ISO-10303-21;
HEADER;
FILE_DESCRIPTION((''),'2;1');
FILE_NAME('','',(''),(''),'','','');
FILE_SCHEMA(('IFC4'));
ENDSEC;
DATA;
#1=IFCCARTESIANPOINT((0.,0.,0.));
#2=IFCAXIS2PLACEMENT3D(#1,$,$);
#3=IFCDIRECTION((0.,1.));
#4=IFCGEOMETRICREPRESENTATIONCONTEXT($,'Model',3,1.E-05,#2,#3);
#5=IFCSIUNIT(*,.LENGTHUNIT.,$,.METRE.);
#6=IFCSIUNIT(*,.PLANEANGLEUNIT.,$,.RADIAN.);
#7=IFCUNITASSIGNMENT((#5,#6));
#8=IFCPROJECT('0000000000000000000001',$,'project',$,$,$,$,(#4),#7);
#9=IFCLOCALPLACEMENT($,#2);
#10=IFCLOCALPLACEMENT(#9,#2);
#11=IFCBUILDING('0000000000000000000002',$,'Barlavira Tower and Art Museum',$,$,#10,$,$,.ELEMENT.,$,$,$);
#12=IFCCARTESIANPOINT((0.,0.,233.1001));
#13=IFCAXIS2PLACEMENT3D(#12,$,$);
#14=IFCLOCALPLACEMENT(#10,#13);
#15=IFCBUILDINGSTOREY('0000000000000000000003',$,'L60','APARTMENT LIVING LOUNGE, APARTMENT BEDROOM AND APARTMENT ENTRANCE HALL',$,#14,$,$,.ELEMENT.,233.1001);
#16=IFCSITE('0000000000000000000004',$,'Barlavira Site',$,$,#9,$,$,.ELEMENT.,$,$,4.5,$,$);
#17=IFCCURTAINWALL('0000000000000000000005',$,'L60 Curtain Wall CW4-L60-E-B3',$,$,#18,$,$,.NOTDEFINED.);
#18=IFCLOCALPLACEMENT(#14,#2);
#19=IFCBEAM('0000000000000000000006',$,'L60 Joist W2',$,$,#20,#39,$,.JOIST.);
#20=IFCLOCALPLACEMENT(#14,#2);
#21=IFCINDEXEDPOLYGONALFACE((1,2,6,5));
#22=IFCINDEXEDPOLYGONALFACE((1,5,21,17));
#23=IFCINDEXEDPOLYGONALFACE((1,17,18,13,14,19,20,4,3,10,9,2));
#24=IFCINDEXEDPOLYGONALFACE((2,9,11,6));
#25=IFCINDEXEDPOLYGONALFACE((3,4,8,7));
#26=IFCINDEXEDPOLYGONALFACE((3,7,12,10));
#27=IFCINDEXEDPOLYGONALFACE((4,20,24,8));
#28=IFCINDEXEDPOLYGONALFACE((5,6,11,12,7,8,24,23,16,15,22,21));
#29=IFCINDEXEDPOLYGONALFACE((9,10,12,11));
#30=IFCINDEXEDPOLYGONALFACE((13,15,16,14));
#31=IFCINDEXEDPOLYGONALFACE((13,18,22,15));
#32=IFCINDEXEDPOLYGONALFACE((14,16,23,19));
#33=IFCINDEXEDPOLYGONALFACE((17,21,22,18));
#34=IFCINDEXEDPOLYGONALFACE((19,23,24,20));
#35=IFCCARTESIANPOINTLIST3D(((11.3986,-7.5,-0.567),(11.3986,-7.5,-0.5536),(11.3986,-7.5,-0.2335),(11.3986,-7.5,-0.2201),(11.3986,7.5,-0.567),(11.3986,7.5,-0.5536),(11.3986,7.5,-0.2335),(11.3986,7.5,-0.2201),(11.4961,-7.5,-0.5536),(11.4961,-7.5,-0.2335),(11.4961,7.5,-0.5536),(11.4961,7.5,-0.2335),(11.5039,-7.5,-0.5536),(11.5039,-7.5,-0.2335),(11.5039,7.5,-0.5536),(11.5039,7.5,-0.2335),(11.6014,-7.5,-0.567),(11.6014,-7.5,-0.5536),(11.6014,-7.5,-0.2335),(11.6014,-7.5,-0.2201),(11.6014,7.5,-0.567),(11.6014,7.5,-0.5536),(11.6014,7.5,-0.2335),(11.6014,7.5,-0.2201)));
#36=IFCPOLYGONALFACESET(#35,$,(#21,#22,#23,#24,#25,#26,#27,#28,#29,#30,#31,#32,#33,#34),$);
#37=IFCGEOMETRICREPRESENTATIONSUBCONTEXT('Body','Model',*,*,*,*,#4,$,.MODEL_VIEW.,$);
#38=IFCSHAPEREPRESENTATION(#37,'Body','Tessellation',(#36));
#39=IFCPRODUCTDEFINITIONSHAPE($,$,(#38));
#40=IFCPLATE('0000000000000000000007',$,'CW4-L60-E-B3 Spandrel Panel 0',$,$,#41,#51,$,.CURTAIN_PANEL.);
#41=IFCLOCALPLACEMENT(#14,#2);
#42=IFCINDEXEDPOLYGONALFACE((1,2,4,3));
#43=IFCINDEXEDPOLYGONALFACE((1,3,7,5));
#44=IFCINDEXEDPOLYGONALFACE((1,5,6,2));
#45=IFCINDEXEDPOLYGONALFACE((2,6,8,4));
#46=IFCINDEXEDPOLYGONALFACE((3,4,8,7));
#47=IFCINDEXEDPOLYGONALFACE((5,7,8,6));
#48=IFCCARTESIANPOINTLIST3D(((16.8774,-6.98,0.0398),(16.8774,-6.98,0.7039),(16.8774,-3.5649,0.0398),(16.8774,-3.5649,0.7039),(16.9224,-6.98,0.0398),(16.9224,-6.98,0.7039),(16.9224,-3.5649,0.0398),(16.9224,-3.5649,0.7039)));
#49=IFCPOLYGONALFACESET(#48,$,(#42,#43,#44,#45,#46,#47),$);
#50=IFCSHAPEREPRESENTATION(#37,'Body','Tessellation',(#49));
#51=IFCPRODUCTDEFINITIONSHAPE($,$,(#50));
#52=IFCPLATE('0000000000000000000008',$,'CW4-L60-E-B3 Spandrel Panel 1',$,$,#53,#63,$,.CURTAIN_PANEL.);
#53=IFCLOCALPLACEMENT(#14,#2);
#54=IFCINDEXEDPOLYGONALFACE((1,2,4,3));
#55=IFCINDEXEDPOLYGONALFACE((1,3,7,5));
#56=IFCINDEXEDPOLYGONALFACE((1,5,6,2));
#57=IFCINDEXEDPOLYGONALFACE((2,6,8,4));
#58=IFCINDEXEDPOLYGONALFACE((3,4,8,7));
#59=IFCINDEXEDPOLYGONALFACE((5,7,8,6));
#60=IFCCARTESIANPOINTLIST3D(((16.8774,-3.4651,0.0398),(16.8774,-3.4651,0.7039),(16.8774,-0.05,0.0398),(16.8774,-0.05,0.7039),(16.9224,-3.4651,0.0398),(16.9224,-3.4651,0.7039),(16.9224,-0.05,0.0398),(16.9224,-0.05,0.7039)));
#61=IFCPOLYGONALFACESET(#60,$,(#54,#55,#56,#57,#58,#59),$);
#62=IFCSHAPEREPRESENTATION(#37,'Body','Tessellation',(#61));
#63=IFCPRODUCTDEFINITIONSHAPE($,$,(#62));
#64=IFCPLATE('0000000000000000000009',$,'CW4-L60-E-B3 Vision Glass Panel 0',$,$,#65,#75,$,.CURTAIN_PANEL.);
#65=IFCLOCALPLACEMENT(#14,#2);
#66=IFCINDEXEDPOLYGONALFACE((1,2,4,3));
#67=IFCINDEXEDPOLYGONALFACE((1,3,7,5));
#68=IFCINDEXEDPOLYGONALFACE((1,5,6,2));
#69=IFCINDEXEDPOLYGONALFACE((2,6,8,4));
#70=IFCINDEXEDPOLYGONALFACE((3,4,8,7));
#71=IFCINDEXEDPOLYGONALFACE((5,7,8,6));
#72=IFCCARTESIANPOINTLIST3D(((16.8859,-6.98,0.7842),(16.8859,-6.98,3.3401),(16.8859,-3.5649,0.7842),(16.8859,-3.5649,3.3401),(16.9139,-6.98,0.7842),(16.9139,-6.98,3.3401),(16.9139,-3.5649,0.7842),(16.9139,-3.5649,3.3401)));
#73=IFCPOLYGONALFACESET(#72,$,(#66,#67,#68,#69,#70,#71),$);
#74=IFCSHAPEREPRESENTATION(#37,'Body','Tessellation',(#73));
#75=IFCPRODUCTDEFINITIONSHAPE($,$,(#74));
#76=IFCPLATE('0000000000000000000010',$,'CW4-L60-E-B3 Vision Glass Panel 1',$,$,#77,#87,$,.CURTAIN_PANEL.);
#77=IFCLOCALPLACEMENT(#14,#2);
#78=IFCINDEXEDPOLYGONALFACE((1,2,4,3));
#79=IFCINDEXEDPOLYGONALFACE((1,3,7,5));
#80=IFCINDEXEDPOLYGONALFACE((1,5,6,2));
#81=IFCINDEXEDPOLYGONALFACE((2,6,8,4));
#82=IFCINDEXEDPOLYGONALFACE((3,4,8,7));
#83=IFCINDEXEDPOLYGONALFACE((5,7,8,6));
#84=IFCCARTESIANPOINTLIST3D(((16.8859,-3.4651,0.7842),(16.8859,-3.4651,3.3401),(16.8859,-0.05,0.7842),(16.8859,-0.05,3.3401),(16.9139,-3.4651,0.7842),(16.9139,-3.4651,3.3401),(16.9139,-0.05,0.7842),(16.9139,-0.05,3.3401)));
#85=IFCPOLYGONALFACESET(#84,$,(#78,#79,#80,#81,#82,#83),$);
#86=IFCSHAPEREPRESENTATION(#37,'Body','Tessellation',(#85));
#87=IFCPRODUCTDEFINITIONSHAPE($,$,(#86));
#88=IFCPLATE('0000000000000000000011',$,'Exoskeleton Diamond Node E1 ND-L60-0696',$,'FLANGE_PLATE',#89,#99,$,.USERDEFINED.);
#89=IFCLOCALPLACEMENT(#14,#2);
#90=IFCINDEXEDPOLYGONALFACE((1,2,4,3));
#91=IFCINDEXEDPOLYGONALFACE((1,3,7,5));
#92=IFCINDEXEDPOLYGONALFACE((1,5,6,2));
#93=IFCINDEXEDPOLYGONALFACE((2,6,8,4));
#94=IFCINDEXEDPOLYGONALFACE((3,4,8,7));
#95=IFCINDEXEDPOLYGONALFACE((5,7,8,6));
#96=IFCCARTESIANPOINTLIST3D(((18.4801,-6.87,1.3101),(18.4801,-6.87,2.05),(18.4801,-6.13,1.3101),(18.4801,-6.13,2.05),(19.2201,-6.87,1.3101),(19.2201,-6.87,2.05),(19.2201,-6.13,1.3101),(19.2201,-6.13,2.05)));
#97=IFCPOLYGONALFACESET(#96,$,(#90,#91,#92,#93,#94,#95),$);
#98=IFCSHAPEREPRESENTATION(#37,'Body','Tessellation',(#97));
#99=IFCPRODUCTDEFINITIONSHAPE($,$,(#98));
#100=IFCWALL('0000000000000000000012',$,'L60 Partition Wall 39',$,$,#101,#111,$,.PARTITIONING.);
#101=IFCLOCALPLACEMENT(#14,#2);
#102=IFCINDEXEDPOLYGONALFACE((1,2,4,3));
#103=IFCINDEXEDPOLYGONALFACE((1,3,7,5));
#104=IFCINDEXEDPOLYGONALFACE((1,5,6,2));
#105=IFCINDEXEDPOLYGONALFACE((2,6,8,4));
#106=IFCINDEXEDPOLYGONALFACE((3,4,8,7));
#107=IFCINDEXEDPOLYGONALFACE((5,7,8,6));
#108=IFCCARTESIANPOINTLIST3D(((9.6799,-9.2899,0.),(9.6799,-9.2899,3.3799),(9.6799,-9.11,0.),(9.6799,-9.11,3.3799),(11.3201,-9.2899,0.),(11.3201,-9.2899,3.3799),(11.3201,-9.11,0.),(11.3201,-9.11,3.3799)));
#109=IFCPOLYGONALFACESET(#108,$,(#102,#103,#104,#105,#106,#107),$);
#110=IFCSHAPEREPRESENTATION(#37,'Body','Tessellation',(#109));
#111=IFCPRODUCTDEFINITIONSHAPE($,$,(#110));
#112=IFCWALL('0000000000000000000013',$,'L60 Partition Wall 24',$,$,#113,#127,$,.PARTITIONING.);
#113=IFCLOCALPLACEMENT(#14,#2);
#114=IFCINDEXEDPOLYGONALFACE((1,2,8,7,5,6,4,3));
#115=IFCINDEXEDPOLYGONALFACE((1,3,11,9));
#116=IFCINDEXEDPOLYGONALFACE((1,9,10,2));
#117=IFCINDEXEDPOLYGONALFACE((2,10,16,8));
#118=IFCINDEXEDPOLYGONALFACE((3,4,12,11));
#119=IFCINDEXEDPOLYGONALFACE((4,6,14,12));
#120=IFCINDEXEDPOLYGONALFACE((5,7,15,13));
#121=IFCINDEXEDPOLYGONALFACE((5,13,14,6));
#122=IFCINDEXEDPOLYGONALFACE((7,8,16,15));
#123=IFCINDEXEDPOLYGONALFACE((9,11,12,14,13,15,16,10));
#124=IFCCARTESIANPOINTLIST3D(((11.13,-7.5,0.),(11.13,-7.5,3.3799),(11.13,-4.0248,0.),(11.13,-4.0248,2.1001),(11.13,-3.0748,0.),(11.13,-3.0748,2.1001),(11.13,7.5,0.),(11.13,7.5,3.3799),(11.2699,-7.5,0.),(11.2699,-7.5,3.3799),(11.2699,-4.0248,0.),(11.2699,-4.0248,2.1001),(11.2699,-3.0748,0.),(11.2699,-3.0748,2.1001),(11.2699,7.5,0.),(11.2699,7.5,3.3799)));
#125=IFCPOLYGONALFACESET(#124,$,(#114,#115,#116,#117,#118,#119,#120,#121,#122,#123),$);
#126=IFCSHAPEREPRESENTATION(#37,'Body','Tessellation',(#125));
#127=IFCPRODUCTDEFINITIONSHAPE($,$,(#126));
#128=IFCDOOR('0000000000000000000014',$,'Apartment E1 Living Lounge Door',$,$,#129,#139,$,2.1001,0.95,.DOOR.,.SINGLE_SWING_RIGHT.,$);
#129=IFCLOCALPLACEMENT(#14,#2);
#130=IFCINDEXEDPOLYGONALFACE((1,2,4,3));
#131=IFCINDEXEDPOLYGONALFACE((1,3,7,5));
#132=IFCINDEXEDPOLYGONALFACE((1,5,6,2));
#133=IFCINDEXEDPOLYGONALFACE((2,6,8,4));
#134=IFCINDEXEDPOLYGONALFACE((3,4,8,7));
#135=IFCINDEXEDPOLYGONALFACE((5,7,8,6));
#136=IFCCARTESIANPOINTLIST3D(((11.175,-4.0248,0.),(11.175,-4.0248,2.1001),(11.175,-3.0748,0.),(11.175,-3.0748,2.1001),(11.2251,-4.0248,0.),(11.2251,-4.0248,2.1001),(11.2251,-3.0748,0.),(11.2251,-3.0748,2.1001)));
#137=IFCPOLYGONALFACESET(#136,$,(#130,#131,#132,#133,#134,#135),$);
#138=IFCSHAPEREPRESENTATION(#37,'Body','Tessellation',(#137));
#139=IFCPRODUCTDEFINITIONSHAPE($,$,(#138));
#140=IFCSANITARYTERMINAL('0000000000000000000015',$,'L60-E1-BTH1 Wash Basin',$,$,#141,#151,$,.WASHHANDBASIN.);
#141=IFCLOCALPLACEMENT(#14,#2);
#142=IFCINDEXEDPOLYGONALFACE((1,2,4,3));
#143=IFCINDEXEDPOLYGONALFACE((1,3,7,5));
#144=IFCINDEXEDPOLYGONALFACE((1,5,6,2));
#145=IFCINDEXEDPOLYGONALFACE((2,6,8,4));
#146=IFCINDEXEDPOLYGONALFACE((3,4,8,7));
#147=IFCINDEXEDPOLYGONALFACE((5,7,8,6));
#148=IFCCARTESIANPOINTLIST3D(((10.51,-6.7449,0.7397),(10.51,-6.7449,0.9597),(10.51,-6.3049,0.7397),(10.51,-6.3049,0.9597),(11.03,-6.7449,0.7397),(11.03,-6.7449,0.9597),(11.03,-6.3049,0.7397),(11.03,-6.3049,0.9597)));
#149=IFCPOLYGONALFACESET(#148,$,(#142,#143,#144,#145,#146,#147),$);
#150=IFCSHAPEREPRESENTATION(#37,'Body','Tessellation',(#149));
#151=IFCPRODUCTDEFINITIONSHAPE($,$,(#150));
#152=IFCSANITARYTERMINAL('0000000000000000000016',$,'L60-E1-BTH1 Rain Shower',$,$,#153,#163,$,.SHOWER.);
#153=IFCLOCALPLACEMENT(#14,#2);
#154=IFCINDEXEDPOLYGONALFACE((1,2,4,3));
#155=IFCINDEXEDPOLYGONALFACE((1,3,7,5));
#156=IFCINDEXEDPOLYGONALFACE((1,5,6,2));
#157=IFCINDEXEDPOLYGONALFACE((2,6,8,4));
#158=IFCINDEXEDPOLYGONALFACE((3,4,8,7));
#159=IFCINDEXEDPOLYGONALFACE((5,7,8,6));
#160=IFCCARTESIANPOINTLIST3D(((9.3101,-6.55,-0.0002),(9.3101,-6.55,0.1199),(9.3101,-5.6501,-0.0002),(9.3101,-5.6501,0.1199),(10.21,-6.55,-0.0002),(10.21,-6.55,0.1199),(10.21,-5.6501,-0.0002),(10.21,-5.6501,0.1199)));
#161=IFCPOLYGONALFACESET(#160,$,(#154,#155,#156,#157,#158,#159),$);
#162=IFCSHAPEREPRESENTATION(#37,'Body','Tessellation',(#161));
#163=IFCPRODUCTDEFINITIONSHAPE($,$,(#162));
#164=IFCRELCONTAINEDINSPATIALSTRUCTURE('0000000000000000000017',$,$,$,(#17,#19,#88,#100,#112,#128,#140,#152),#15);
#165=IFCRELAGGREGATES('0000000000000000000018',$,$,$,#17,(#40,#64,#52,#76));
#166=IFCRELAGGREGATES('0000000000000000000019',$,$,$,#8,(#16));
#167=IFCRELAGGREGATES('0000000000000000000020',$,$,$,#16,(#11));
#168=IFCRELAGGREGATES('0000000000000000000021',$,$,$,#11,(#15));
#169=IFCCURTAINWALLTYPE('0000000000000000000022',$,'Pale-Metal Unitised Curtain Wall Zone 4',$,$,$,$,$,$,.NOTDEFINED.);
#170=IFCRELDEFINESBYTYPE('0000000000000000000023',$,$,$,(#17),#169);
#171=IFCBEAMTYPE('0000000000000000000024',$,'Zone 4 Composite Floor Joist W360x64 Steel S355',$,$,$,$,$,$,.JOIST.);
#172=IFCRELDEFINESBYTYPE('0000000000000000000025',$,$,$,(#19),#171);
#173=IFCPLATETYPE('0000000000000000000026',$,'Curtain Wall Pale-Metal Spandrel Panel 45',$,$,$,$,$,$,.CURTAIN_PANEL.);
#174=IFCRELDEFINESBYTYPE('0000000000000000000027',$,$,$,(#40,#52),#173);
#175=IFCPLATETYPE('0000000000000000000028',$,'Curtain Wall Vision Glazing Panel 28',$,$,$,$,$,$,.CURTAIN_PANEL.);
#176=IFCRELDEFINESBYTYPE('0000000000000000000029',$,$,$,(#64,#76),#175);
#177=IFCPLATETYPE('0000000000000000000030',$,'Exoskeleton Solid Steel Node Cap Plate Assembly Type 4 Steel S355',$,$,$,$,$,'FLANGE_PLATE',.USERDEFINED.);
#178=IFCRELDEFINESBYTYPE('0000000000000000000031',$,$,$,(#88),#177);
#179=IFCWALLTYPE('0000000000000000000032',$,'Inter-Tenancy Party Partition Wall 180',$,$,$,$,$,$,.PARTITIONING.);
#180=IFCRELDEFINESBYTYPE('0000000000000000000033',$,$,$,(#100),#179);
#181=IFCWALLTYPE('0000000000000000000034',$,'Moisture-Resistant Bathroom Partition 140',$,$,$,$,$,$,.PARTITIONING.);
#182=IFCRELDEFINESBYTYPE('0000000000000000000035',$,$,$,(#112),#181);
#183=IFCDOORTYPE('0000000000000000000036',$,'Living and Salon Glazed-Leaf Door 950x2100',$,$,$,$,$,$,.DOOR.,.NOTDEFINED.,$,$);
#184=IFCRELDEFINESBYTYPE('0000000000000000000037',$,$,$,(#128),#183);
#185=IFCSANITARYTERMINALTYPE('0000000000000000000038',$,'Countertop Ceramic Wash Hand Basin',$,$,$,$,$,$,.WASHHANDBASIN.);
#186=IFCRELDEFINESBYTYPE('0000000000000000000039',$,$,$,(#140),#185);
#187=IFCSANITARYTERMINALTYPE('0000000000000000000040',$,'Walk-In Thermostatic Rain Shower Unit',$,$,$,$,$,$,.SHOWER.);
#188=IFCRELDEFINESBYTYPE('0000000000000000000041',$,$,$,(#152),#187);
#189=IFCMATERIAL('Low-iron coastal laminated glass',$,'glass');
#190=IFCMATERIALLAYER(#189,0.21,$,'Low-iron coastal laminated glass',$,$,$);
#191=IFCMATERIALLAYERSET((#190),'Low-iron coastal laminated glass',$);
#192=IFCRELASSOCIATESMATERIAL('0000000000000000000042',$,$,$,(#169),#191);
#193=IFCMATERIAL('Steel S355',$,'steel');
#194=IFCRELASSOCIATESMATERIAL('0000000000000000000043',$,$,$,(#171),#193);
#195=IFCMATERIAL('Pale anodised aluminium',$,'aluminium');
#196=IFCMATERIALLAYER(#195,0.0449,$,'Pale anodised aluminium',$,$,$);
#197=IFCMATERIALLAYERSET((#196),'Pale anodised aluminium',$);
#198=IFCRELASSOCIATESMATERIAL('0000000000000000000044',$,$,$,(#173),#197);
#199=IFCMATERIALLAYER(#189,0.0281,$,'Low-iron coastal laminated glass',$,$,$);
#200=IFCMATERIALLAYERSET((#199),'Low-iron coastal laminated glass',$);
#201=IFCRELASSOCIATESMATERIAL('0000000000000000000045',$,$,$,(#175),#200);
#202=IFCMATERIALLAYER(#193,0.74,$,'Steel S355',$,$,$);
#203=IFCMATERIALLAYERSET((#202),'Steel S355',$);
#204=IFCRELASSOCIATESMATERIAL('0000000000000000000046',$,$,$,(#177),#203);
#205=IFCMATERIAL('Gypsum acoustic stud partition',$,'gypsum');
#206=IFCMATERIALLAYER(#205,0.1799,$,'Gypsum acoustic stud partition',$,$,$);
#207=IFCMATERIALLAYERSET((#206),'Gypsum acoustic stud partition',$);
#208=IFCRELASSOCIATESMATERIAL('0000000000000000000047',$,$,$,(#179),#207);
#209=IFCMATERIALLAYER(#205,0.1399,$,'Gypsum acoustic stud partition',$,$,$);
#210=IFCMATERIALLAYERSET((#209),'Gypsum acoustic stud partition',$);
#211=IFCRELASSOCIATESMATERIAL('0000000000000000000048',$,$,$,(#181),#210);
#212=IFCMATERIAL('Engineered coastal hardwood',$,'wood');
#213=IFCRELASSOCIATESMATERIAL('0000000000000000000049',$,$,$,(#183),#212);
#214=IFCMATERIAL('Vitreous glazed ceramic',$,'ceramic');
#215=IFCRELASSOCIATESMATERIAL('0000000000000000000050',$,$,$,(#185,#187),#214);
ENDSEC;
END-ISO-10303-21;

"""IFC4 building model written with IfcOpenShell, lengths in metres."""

from ifc_helpers import new_model, si_unit, direction, frame, frame_2d, origin, origin_2d, place, context, subcontext, project, spatial, rectangle, i_section, extrude, material, layer, layer_set, material_profile, profile_set, type_object, element, fill, aggregate, save


model = new_model("IFC4")

# Units and contexts
model_context = context("Model", 3, precision=1e-05, world=origin(), true_north=direction((0.0, 1.0)))
body_context = subcontext(model_context, "Body", "Model", "MODEL_VIEW")
ifc_project = project(units=[si_unit("LENGTHUNIT", "METRE"), si_unit("PLANEANGLEUNIT", "RADIAN")], contexts=[model_context])

# Site, building, storey
site_placement = place(None, origin())
site = spatial("IfcSite", under=ifc_project, at=site_placement, Name="Barlavira Site", CompositionType="ELEMENT", RefElevation=4.5)
building_placement = place(site_placement, origin())
building = spatial("IfcBuilding", under=site, at=building_placement, Name="Barlavira Tower and Art Museum", CompositionType="ELEMENT")
storey_placement = place(building_placement, frame((0.0, 0.0, 233.1001)))
storey = spatial("IfcBuildingStorey", under=building, at=storey_placement, Name="L60", Description="APARTMENT LIVING LOUNGE, APARTMENT BEDROOM AND APARTMENT ENTRANCE HALL", CompositionType="ELEMENT", Elevation=233.1001)

# Curtain wall
ifc_material_1 = material(Name="Low-iron coastal laminated glass", Category="glass")
ifc_layer_1 = layer(ifc_material_1, 0.21, Name="Low-iron coastal laminated glass")
ifc_layer_set_1 = layer_set([ifc_layer_1], Name="Low-iron coastal laminated glass")
curtain_wall_type = type_object("IfcCurtainWallType", Name="Pale-Metal Unitised Curtain Wall Zone 4", PredefinedType="NOTDEFINED", material=ifc_layer_set_1)
curtain_wall_placement = place(storey_placement, origin())
curtain_wall = element("IfcCurtainWall", 1, at=curtain_wall_placement, inside=storey, type_object=curtain_wall_type, Name="L60 Curtain Wall CW4-L60-E-B3", PredefinedType="NOTDEFINED")
ifc_material_2 = material(Name="Pale anodised aluminium", Category="aluminium")

# Beam
ifc_material_3 = material(Name="Steel S355", Category="steel")
ifc_material_profile_1 = material_profile(ifc_material_3, i_section(OverallWidth=0.2029, OverallDepth=0.3469, WebThickness=0.0078, FlangeThickness=0.0134, at=origin_2d()), Name="W360x64.0")
ifc_profile_set_1 = profile_set([ifc_material_profile_1], Name="Steel S355")
beam_type_1 = type_object("IfcBeamType", Name="Zone 4 Composite Floor Joist W360x64 Steel S355", PredefinedType="JOIST", material=ifc_profile_set_1)
beam_1_placement = place(storey_placement, frame((11.5, -7.5, -0.3936), z_axis=(0.0, 1.0, 0.0), x_axis=(-1.0, 0.0, 0.0)))
element("IfcBeam", 2, at=beam_1_placement, inside=storey, type_object=beam_type_1, Name="L60 Joist W2", PredefinedType="JOIST", context=body_context, shape_type="SweptSolid", body=[
    extrude(i_section(OverallWidth=0.2029, OverallDepth=0.3469, WebThickness=0.0078, FlangeThickness=0.0134, at=origin_2d()), origin(), (0.0, 0.0, 1.0), 15.0),
])

# Plates
ifc_layer_2 = layer(ifc_material_2, 0.0449, Name="Pale anodised aluminium")
ifc_layer_set_2 = layer_set([ifc_layer_2], Name="Pale anodised aluminium")
plate_type_1 = type_object("IfcPlateType", Name="Curtain Wall Pale-Metal Spandrel Panel 45", PredefinedType="CURTAIN_PANEL", material=ifc_layer_set_2)
plate_1_placement = place(storey_placement, frame((16.8999, -5.2725, 0.0398), z_axis=(0.0, 0.0, 1.0), x_axis=(0.0, 1.0, 0.0)))
plate_1 = element("IfcPlate", 3, at=plate_1_placement, type_object=plate_type_1, Name="CW4-L60-E-B3 Spandrel Panel 0", PredefinedType="CURTAIN_PANEL", context=body_context, shape_type="SweptSolid", body=[
    extrude(rectangle(XDim=3.415, YDim=0.0449, at=origin_2d()), origin(), (0.0, 0.0, 1.0), 0.6641),
])
plate_2_placement = place(storey_placement, frame((16.8999, -1.7576, 0.0398), z_axis=(0.0, 0.0, 1.0), x_axis=(0.0, 1.0, 0.0)))
plate_2 = element("IfcPlate", 4, at=plate_2_placement, type_object=plate_type_1, Name="CW4-L60-E-B3 Spandrel Panel 1", PredefinedType="CURTAIN_PANEL", context=body_context, shape_type="SweptSolid", body=[
    extrude(rectangle(XDim=3.415, YDim=0.0449, at=origin_2d()), origin(), (0.0, 0.0, 1.0), 0.6641),
])
ifc_layer_3 = layer(ifc_material_1, 0.0281, Name="Low-iron coastal laminated glass")
ifc_layer_set_3 = layer_set([ifc_layer_3], Name="Low-iron coastal laminated glass")
plate_type_2 = type_object("IfcPlateType", Name="Curtain Wall Vision Glazing Panel 28", PredefinedType="CURTAIN_PANEL", material=ifc_layer_set_3)
plate_3_placement = place(storey_placement, frame((16.8999, -5.2725, 0.7842), z_axis=(0.0, 0.0, 1.0), x_axis=(0.0, 1.0, 0.0)))
plate_3 = element("IfcPlate", 5, at=plate_3_placement, type_object=plate_type_2, Name="CW4-L60-E-B3 Vision Glass Panel 0", PredefinedType="CURTAIN_PANEL", context=body_context, shape_type="SweptSolid", body=[
    extrude(rectangle(XDim=3.415, YDim=0.0281, at=origin_2d()), origin(), (0.0, 0.0, 1.0), 2.5559),
])
plate_4_placement = place(storey_placement, frame((16.8999, -1.7576, 0.7842), z_axis=(0.0, 0.0, 1.0), x_axis=(0.0, 1.0, 0.0)))
plate_4 = element("IfcPlate", 6, at=plate_4_placement, type_object=plate_type_2, Name="CW4-L60-E-B3 Vision Glass Panel 1", PredefinedType="CURTAIN_PANEL", context=body_context, shape_type="SweptSolid", body=[
    extrude(rectangle(XDim=3.415, YDim=0.0281, at=origin_2d()), origin(), (0.0, 0.0, 1.0), 2.5559),
])
aggregate(curtain_wall, [plate_1, plate_3, plate_2, plate_4])
ifc_layer_4 = layer(ifc_material_3, 0.74, Name="Steel S355")
ifc_layer_set_4 = layer_set([ifc_layer_4], Name="Steel S355")
plate_type_3 = type_object("IfcPlateType", Name="Exoskeleton Solid Steel Node Cap Plate Assembly Type 4 Steel S355", ElementType="FLANGE_PLATE", PredefinedType="USERDEFINED", material=ifc_layer_set_4)
plate_5_placement = place(storey_placement, frame((18.8501, -6.5, 1.3101), z_axis=(0.0, 0.0, 1.0), x_axis=(1.0, 0.0, 0.0)))
element("IfcPlate", 7, at=plate_5_placement, inside=storey, type_object=plate_type_3, Name="Exoskeleton Diamond Node E1 ND-L60-0696", ObjectType="FLANGE_PLATE", PredefinedType="USERDEFINED", context=body_context, shape_type="SweptSolid", body=[
    extrude(rectangle(XDim=0.74, YDim=0.74, at=origin_2d()), origin(), (0.0, 0.0, 1.0), 0.74),
])

# Wall
ifc_material_4 = material(Name="Gypsum acoustic stud partition", Category="gypsum")
ifc_layer_5 = layer(ifc_material_4, 0.1799, Name="Gypsum acoustic stud partition")
ifc_layer_set_5 = layer_set([ifc_layer_5], Name="Gypsum acoustic stud partition")
wall_type_1 = type_object("IfcWallType", Name="Inter-Tenancy Party Partition Wall 180", PredefinedType="PARTITIONING", material=ifc_layer_set_5)
wall_1_placement = place(storey_placement, frame((9.6799, -9.2, 0.0), z_axis=(0.0, 0.0, 1.0), x_axis=(1.0, 0.0, 0.0)))
element("IfcWall", 8, at=wall_1_placement, inside=storey, type_object=wall_type_1, Name="L60 Partition Wall 39", PredefinedType="PARTITIONING", context=body_context, shape_type="SweptSolid", body=[
    extrude(rectangle(XDim=1.6401, YDim=0.1799, at=frame_2d((0.8201, 0.0))), origin(), (0.0, 0.0, 1.0), 3.3799),
])

# Wall, opening, door
ifc_layer_6 = layer(ifc_material_4, 0.1399, Name="Gypsum acoustic stud partition")
ifc_layer_set_6 = layer_set([ifc_layer_6], Name="Gypsum acoustic stud partition")
wall_type_2 = type_object("IfcWallType", Name="Moisture-Resistant Bathroom Partition 140", PredefinedType="PARTITIONING", material=ifc_layer_set_6)
wall_2_placement = place(storey_placement, frame((11.2, -7.5, 0.0), z_axis=(0.0, 0.0, 1.0), x_axis=(0.0, 1.0, 0.0)))
wall_2 = element("IfcWall", 9, at=wall_2_placement, inside=storey, type_object=wall_type_2, Name="L60 Partition Wall 24", PredefinedType="PARTITIONING", context=body_context, shape_type="SweptSolid", body=[
    extrude(rectangle(XDim=15.0, YDim=0.1399, at=frame_2d((7.5, 0.0))), origin(), (0.0, 0.0, 1.0), 3.3799),
])
opening_placement = place(wall_2_placement, frame((3.4751, 0.0, 0.0)))
opening = element("IfcOpeningElement", 10, at=opening_placement, cuts=wall_2, PredefinedType="OPENING", context=body_context, shape_type="SweptSolid", body=[
    extrude(rectangle(XDim=0.95, YDim=2.1001, at=frame_2d((0.4751, 1.05))), frame((0.0, 0.0801, 0.0), z_axis=(0.0, -1.0, 0.0), x_axis=(1.0, 0.0, 0.0)), (0.0, 0.0, 1.0), 0.1599),
])
ifc_material_5 = material(Name="Engineered coastal hardwood", Category="wood")
door_type = type_object("IfcDoorType", Name="Living and Salon Glazed-Leaf Door 950x2100", OperationType="NOTDEFINED", PredefinedType="DOOR", material=ifc_material_5)
door_placement = place(opening_placement, origin())
door = element("IfcDoor", 11, at=door_placement, inside=storey, type_object=door_type, Name="Apartment E1 Living Lounge Door", OperationType="SINGLE_SWING_RIGHT", OverallHeight=2.1001, OverallWidth=0.95, PredefinedType="DOOR", context=body_context, shape_type="SweptSolid", body=[
    extrude(rectangle(XDim=0.95, YDim=2.1001, at=frame_2d((0.4751, 1.05))), frame((0.0, 0.0249, 0.0), z_axis=(0.0, -1.0, 0.0), x_axis=(1.0, 0.0, 0.0)), (0.0, 0.0, 1.0), 0.05),
])
fill(opening, door)

# Sanitary terminals
ifc_material_6 = material(Name="Vitreous glazed ceramic", Category="ceramic")
sanitary_terminal_type_1 = type_object("IfcSanitaryTerminalType", Name="Countertop Ceramic Wash Hand Basin", PredefinedType="WASHHANDBASIN", material=ifc_material_6)
sanitary_terminal_1_placement = place(storey_placement, frame((10.77, -6.5249, 0.7397), z_axis=(0.0, 0.0, 1.0), x_axis=(1.0, 0.0, 0.0)))
element("IfcSanitaryTerminal", 12, at=sanitary_terminal_1_placement, inside=storey, type_object=sanitary_terminal_type_1, Name="L60-E1-BTH1 Wash Basin", PredefinedType="WASHHANDBASIN", context=body_context, shape_type="SweptSolid", body=[
    extrude(rectangle(XDim=0.52, YDim=0.4399, at=origin_2d()), origin(), (0.0, 0.0, 1.0), 0.22),
])
sanitary_terminal_type_2 = type_object("IfcSanitaryTerminalType", Name="Walk-In Thermostatic Rain Shower Unit", PredefinedType="SHOWER", material=ifc_material_6)
sanitary_terminal_2_placement = place(storey_placement, frame((9.76, -6.1001, -0.0002), z_axis=(0.0, 0.0, 1.0), x_axis=(1.0, 0.0, 0.0)))
element("IfcSanitaryTerminal", 13, at=sanitary_terminal_2_placement, inside=storey, type_object=sanitary_terminal_type_2, Name="L60-E1-BTH1 Rain Shower", PredefinedType="SHOWER", context=body_context, shape_type="SweptSolid", body=[
    extrude(rectangle(XDim=0.8999, YDim=0.8999, at=origin_2d()), origin(), (0.0, 0.0, 1.0), 0.1201),
])

save(model, "model.ifc")
